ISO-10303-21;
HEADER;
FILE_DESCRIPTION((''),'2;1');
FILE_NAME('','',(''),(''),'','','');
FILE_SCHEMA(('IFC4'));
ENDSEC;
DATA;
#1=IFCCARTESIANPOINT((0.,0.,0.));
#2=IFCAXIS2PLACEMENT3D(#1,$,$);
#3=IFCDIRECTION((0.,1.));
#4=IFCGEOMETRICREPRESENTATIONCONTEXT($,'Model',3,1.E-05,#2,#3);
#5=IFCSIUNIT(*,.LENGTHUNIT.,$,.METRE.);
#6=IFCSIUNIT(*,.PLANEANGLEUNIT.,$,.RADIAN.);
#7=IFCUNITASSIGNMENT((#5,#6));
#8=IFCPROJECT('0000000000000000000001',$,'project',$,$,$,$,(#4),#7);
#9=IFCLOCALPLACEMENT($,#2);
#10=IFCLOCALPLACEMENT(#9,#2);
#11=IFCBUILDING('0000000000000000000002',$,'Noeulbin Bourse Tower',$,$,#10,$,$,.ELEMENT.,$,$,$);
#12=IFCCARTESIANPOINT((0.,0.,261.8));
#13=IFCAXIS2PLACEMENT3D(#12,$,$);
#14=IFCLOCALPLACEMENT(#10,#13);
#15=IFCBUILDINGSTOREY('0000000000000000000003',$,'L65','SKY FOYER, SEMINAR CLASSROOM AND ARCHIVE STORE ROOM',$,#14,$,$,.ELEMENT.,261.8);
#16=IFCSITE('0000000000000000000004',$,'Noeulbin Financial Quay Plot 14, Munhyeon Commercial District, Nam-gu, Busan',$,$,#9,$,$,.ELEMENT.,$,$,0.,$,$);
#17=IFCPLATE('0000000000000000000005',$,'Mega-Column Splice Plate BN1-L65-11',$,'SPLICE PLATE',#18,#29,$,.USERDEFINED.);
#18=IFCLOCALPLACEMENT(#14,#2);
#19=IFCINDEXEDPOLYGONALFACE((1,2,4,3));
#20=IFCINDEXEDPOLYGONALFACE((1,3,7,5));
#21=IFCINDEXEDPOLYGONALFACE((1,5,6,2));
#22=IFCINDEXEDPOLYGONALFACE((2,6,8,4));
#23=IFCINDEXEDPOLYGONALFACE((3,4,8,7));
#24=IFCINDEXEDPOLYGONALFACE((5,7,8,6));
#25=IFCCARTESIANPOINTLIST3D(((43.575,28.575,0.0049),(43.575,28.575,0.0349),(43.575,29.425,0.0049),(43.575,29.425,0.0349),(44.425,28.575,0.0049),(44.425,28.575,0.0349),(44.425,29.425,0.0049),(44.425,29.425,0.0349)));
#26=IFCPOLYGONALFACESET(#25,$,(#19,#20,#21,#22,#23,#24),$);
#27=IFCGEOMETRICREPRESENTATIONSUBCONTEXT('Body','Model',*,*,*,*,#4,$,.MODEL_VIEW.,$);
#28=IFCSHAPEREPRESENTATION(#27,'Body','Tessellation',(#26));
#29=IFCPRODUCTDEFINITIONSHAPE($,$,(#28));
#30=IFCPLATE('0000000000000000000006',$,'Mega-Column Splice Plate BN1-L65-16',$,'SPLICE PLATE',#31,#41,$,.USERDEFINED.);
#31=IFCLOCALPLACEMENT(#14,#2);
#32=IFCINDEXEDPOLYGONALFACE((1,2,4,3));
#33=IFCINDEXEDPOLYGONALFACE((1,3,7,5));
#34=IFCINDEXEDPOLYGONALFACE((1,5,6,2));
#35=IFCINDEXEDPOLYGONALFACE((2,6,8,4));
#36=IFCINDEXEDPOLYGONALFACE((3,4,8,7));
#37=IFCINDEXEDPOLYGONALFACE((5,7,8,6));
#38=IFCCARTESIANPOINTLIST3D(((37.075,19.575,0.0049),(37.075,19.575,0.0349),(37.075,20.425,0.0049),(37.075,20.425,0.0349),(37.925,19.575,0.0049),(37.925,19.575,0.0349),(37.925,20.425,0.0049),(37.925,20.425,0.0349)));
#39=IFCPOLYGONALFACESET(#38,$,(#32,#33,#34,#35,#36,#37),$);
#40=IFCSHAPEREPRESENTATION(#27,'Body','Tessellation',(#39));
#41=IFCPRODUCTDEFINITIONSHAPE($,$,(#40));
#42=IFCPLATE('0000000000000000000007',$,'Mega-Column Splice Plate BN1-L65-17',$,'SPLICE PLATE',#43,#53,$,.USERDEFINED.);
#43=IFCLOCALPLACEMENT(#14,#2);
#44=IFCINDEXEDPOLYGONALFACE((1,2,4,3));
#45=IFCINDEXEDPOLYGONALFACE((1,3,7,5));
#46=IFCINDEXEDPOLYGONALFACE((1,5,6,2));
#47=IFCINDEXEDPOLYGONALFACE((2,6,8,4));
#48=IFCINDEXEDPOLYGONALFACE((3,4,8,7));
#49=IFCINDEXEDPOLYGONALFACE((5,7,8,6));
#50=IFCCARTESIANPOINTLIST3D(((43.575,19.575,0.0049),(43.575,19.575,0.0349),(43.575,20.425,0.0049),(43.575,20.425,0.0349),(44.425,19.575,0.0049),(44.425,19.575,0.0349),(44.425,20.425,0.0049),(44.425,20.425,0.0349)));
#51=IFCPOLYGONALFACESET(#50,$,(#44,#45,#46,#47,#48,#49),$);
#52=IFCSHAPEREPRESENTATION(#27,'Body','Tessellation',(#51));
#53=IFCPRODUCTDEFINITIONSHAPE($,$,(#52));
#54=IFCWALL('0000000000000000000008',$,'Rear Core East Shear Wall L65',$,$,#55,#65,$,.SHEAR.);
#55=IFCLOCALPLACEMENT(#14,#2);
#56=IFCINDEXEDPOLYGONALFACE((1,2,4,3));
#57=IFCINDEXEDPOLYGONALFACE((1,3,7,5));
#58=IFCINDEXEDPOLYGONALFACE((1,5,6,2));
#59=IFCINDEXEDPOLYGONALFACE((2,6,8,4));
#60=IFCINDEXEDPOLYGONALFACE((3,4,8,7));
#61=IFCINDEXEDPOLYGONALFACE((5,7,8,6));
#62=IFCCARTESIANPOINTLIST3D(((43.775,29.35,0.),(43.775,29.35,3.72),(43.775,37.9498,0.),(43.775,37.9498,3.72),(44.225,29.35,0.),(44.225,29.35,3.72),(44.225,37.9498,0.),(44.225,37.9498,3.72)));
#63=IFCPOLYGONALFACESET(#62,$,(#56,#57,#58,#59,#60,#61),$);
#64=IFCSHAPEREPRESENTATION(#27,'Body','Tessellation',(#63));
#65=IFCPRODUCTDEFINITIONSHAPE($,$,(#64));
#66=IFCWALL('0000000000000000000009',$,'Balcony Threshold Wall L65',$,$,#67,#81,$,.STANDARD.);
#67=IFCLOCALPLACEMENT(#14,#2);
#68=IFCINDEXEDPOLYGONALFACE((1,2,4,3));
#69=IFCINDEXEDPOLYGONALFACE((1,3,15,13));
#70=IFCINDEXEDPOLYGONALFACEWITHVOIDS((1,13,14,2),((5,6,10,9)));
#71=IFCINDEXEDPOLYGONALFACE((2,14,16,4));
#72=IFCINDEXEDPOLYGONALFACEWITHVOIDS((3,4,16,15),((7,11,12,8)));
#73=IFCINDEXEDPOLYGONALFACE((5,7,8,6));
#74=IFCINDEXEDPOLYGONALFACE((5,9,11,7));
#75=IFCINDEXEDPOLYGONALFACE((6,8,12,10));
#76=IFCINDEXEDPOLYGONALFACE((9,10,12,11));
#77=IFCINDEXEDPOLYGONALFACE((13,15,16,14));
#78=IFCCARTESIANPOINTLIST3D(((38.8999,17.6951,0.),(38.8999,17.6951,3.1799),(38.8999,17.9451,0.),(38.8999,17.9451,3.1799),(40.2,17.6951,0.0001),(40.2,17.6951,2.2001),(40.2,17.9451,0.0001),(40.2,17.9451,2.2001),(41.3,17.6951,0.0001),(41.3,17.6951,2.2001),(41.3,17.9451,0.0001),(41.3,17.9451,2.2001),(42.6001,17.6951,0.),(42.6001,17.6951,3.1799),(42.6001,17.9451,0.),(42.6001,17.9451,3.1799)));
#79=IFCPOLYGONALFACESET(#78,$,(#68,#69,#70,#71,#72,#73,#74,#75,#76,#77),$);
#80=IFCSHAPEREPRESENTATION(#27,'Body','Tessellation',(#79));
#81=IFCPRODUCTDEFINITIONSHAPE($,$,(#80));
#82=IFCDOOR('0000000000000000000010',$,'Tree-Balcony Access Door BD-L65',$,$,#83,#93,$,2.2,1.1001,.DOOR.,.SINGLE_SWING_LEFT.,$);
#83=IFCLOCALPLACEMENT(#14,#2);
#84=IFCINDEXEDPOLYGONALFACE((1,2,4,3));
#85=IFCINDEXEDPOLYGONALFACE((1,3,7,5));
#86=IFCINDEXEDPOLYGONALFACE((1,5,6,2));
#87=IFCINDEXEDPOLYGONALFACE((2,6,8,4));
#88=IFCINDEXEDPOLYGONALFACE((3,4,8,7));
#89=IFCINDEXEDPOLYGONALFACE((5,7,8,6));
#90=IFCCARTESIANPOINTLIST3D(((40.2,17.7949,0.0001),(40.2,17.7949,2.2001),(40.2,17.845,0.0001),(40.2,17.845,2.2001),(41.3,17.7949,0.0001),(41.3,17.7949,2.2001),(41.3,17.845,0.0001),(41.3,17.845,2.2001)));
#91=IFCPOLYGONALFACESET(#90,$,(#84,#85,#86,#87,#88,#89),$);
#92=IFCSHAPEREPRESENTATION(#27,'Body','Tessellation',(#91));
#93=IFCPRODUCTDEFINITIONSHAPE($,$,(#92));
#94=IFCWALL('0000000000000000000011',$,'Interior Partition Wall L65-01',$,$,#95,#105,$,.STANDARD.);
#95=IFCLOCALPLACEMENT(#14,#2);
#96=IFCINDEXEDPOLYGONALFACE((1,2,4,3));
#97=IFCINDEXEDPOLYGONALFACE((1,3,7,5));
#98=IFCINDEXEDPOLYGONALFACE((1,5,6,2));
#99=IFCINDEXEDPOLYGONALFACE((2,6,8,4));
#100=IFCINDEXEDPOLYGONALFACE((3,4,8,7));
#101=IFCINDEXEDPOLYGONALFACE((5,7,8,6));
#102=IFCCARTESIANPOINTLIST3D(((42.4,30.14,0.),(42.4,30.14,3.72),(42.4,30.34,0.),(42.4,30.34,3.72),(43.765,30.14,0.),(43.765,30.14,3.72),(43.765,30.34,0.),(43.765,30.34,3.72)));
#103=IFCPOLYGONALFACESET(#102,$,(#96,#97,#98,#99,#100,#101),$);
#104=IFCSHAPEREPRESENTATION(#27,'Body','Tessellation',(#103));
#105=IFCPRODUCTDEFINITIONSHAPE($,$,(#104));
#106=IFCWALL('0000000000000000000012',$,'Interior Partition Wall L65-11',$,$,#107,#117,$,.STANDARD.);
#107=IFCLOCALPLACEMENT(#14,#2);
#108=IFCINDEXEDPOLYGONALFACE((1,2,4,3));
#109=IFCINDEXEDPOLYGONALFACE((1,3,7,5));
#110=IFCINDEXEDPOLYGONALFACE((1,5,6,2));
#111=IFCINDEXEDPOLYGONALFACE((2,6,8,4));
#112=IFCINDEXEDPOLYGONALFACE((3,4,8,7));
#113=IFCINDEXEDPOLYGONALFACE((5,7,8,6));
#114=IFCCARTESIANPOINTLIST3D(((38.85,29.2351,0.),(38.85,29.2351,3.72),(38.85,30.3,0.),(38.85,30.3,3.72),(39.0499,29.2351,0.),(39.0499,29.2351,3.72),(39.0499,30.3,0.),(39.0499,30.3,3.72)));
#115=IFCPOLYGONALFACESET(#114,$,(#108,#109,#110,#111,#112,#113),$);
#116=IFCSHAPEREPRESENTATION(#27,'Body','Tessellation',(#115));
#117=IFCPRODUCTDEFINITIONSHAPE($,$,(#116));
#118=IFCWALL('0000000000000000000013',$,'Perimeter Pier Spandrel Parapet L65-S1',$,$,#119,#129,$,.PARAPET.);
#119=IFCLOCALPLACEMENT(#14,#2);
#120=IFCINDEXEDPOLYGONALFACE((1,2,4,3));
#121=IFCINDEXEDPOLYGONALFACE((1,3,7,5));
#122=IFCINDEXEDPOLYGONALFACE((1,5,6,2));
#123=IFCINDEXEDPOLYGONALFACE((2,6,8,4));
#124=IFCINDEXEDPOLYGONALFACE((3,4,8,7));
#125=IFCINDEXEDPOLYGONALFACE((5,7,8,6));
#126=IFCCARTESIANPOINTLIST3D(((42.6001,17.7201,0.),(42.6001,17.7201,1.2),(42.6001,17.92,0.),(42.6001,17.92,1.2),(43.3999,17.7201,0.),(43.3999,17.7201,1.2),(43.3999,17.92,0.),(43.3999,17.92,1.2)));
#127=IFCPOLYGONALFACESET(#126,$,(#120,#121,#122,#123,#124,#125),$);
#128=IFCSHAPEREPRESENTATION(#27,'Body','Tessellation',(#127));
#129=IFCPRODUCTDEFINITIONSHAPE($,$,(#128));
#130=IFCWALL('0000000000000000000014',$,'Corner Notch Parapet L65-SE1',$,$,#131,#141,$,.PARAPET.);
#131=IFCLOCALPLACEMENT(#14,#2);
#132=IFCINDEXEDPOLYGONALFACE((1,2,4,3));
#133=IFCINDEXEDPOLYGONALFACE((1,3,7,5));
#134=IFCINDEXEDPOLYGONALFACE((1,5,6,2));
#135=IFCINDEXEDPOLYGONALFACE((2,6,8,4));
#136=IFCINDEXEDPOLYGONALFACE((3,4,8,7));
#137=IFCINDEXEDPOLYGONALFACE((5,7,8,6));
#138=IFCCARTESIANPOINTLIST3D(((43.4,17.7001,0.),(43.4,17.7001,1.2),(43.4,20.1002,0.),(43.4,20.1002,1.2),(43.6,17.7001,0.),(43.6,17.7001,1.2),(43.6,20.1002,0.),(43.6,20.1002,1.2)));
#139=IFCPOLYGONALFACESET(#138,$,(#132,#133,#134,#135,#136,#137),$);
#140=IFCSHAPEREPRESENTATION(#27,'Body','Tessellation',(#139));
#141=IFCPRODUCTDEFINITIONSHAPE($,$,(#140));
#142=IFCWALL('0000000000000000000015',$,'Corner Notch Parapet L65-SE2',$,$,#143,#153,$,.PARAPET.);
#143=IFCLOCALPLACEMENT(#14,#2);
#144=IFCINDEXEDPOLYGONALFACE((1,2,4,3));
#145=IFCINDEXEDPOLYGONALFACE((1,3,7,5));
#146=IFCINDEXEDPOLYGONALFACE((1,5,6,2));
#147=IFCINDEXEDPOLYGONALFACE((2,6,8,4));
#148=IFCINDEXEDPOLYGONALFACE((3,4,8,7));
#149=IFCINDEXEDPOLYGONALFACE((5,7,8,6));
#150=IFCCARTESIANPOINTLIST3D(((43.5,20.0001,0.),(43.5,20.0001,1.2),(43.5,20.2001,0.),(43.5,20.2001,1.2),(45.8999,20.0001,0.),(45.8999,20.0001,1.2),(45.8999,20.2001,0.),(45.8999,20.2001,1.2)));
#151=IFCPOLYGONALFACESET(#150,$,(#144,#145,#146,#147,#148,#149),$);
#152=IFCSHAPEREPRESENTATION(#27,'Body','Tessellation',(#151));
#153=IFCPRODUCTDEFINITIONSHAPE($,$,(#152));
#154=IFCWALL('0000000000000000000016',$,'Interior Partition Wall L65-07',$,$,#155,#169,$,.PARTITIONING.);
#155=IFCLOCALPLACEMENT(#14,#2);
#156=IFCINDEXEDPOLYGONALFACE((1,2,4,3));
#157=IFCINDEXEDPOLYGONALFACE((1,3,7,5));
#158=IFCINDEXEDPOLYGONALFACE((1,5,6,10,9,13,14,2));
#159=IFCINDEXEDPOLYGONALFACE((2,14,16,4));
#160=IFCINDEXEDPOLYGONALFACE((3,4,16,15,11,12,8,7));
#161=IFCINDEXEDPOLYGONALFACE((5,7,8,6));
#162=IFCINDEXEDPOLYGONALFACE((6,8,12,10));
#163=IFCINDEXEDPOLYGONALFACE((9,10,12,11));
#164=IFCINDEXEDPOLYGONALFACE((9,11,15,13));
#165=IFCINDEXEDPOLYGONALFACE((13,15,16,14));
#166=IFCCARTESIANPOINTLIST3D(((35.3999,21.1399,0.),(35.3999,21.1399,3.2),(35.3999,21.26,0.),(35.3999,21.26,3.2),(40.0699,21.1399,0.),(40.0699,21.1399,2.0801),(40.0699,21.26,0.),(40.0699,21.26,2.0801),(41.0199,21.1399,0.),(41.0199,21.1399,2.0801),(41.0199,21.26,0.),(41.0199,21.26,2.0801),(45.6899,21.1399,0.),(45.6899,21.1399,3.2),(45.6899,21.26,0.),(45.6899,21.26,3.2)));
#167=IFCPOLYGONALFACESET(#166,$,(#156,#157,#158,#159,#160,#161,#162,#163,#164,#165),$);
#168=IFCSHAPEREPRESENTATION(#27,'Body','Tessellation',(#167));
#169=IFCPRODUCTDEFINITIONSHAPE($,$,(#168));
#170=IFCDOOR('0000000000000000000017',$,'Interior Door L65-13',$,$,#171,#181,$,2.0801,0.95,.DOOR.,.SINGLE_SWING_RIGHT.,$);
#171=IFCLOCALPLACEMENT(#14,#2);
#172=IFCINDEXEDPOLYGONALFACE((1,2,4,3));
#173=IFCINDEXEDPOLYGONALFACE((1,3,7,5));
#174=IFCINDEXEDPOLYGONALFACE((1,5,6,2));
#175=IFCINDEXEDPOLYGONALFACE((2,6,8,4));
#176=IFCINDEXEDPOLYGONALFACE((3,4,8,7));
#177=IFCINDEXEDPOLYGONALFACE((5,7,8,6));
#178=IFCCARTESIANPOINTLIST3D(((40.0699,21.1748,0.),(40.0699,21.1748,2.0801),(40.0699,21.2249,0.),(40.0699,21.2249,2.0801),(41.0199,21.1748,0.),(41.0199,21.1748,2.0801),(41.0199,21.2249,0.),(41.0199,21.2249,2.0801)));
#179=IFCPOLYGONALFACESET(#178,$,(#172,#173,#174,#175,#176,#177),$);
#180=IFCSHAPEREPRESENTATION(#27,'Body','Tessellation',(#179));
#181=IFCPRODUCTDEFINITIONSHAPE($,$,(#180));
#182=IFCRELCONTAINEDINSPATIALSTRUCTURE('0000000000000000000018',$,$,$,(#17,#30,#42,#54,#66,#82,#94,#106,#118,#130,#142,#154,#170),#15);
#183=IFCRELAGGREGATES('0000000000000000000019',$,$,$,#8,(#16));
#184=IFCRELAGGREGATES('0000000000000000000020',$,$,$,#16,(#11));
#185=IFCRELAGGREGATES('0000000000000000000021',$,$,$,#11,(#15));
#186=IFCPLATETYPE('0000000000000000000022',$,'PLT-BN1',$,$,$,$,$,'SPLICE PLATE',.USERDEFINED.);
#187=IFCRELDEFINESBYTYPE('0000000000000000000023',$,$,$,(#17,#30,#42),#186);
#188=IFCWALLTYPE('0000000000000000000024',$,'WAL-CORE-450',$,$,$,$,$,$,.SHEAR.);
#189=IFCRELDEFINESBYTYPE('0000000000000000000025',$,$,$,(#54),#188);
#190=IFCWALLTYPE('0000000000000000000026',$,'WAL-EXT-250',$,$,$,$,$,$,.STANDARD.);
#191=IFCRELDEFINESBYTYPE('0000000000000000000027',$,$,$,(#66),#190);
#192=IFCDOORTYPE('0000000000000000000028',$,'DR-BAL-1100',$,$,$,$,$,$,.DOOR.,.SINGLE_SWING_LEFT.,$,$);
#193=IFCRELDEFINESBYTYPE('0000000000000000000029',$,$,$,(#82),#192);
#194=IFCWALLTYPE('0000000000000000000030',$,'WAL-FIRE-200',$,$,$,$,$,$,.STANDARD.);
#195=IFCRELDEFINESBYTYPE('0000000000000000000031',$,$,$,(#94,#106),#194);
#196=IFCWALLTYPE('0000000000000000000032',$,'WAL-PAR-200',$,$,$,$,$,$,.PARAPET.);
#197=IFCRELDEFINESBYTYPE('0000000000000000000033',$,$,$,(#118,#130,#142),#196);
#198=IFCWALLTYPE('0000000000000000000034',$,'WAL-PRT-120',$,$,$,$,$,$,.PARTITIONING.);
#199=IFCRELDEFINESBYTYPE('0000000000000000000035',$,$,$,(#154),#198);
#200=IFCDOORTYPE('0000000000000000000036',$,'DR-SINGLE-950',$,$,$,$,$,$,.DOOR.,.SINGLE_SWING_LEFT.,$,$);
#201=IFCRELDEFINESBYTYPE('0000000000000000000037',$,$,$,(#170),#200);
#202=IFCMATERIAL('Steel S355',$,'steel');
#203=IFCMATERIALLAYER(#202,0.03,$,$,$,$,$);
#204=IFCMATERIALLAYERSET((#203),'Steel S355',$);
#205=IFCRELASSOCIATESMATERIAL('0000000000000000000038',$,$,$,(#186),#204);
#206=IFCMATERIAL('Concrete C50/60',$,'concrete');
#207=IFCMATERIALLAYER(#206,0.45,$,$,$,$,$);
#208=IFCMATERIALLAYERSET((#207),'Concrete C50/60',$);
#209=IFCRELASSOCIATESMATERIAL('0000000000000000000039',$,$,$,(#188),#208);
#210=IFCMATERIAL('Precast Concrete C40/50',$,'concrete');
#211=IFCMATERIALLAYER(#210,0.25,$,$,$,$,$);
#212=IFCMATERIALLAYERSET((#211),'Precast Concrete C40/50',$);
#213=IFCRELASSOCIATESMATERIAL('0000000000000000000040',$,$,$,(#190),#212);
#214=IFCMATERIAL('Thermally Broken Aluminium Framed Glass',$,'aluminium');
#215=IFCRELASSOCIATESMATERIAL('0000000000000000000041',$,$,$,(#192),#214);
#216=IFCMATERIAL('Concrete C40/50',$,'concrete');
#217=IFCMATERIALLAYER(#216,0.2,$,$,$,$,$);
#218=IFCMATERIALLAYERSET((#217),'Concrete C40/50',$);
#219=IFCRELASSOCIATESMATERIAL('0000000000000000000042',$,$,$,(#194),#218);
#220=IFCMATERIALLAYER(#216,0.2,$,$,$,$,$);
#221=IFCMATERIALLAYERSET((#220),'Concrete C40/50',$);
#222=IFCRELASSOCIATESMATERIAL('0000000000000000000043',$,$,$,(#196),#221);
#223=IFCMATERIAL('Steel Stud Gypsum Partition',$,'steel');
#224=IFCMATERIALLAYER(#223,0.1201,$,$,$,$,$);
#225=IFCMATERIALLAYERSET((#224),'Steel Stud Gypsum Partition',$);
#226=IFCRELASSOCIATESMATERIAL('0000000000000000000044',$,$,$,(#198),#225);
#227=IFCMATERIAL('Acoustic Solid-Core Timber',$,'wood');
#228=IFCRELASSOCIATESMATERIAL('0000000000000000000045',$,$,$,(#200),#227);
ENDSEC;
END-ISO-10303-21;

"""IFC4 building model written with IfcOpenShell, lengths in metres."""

from ifc_helpers import new_model, si_unit, direction, frame, frame_2d, origin, origin_2d, place, context, subcontext, project, spatial, rectangle, extrude, material, layer, layer_set, type_object, element, fill, save


model = new_model("IFC4")

# Units and contexts
model_context = context("Model", 3, precision=1e-05, world=origin(), true_north=direction((0.0, 1.0)))
body_context = subcontext(model_context, "Body", "Model", "MODEL_VIEW")
ifc_project = project(units=[si_unit("LENGTHUNIT", "METRE"), si_unit("PLANEANGLEUNIT", "RADIAN")], contexts=[model_context])

# Site, building, storey
site_placement = place(None, origin())
site = spatial("IfcSite", under=ifc_project, at=site_placement, Name="Noeulbin Financial Quay Plot 14, Munhyeon Commercial District, Nam-gu, Busan", CompositionType="ELEMENT", RefElevation=0.0)
building_placement = place(site_placement, origin())
building = spatial("IfcBuilding", under=site, at=building_placement, Name="Noeulbin Bourse Tower", CompositionType="ELEMENT")
storey_placement = place(building_placement, frame((0.0, 0.0, 261.8)))
storey = spatial("IfcBuildingStorey", under=building, at=storey_placement, Name="L65", Description="SKY FOYER, SEMINAR CLASSROOM AND ARCHIVE STORE ROOM", CompositionType="ELEMENT", Elevation=261.8)

# Shared definitions
ifc_material_1 = material(Name="Steel S355", Category="steel")

# Plates
ifc_layer_1 = layer(ifc_material_1, 0.03)
ifc_layer_set_1 = layer_set([ifc_layer_1], Name="Steel S355")
plate_type_1 = type_object("IfcPlateType", Name="PLT-BN1", ElementType="SPLICE PLATE", PredefinedType="USERDEFINED", material=ifc_layer_set_1)
for number, where, z_axis, x_axis, name in (
    (1, (44.0, 29.0, 0.0049), (0.0, 0.0, 1.0), (1.0, 0.0, 0.0), "Mega-Column Splice Plate BN1-L65-11"),
    (2, (37.5, 20.0, 0.0049), (0.0, 0.0, 1.0), (1.0, 0.0, 0.0), "Mega-Column Splice Plate BN1-L65-16"),
    (3, (44.0, 20.0, 0.0049), (0.0, 0.0, 1.0), (1.0, 0.0, 0.0), "Mega-Column Splice Plate BN1-L65-17"),
):
    element("IfcPlate", number, at=place(storey_placement, frame(where, z_axis=z_axis, x_axis=x_axis)), inside=storey, type_object=plate_type_1, Name=name, ObjectType="SPLICE PLATE", PredefinedType="USERDEFINED", context=body_context, shape_type="SweptSolid", body=[
        extrude(rectangle(XDim=0.8501, YDim=0.8501, at=origin_2d()), origin(), (0.0, 0.0, 1.0), 0.03),
    ])

# Wall
ifc_material_2 = material(Name="Concrete C50/60", Category="concrete")
ifc_layer_2 = layer(ifc_material_2, 0.45)
ifc_layer_set_2 = layer_set([ifc_layer_2], Name="Concrete C50/60")
wall_type_1 = type_object("IfcWallType", Name="WAL-CORE-450", PredefinedType="SHEAR", material=ifc_layer_set_2)
wall_1_placement = place(storey_placement, frame((44.0, 29.3501, 0.0), z_axis=(0.0, 0.0, 1.0), x_axis=(0.0, 1.0, 0.0)))
element("IfcWall", 4, at=wall_1_placement, inside=storey, type_object=wall_type_1, Name="Rear Core East Shear Wall L65", PredefinedType="SHEAR", context=body_context, shape_type="SweptSolid", body=[
    extrude(rectangle(XDim=8.5999, YDim=0.45, at=frame_2d((4.2998, 0.0))), origin(), (0.0, 0.0, 1.0), 3.72),
])

# Wall, opening, door
ifc_material_3 = material(Name="Precast Concrete C40/50", Category="concrete")
ifc_layer_3 = layer(ifc_material_3, 0.25)
ifc_layer_set_3 = layer_set([ifc_layer_3], Name="Precast Concrete C40/50")
wall_type_2 = type_object("IfcWallType", Name="WAL-EXT-250", PredefinedType="STANDARD", material=ifc_layer_set_3)
wall_2_placement = place(storey_placement, frame((38.8999, 17.8201, 0.0), z_axis=(0.0, 0.0, 1.0), x_axis=(1.0, 0.0, 0.0)))
wall_2 = element("IfcWall", 5, at=wall_2_placement, inside=storey, type_object=wall_type_2, Name="Balcony Threshold Wall L65", PredefinedType="STANDARD", context=body_context, shape_type="SweptSolid", body=[
    extrude(rectangle(XDim=3.7002, YDim=0.25, at=frame_2d((1.8501, 0.0))), origin(), (0.0, 0.0, 1.0), 3.1799),
])
opening_1_placement = place(wall_2_placement, frame((1.3, 0.0, 0.0)))
opening_1 = element("IfcOpeningElement", 6, at=opening_1_placement, cuts=wall_2, PredefinedType="OPENING", context=body_context, shape_type="SweptSolid", body=[
    extrude(rectangle(XDim=1.1001, YDim=2.2, at=frame_2d((0.55, 1.1001))), frame((0.0, 0.135, 0.0), z_axis=(0.0, -1.0, 0.0), x_axis=(1.0, 0.0, 0.0)), (0.0, 0.0, 1.0), 0.27),
])
ifc_material_4 = material(Name="Thermally Broken Aluminium Framed Glass", Category="aluminium")
door_type_1 = type_object("IfcDoorType", Name="DR-BAL-1100", OperationType="SINGLE_SWING_LEFT", PredefinedType="DOOR", material=ifc_material_4)
door_1_placement = place(opening_1_placement, origin())
door_1 = element("IfcDoor", 7, at=door_1_placement, inside=storey, type_object=door_type_1, Name="Tree-Balcony Access Door BD-L65", OperationType="SINGLE_SWING_LEFT", OverallHeight=2.2, OverallWidth=1.1001, PredefinedType="DOOR", context=body_context, shape_type="SweptSolid", body=[
    extrude(rectangle(XDim=1.1001, YDim=2.2, at=frame_2d((0.55, 1.1001))), frame((0.0, 0.0249, 0.0), z_axis=(0.0, -1.0, 0.0), x_axis=(1.0, 0.0, 0.0)), (0.0, 0.0, 1.0), 0.05),
])
fill(opening_1, door_1)

# Walls
ifc_material_5 = material(Name="Concrete C40/50", Category="concrete")
ifc_layer_4 = layer(ifc_material_5, 0.2)
ifc_layer_set_4 = layer_set([ifc_layer_4], Name="Concrete C40/50")
wall_type_3 = type_object("IfcWallType", Name="WAL-FIRE-200", PredefinedType="STANDARD", material=ifc_layer_set_4)
wall_3_placement = place(storey_placement, frame((42.3999, 30.24, 0.0), z_axis=(0.0, 0.0, 1.0), x_axis=(1.0, 0.0, 0.0)))
element("IfcWall", 8, at=wall_3_placement, inside=storey, type_object=wall_type_3, Name="Interior Partition Wall L65-01", PredefinedType="STANDARD", context=body_context, shape_type="SweptSolid", body=[
    extrude(rectangle(XDim=1.365, YDim=0.2, at=frame_2d((0.6826, 0.0))), origin(), (0.0, 0.0, 1.0), 3.72),
])
wall_4_placement = place(storey_placement, frame((38.95, 29.2351, 0.0), z_axis=(0.0, 0.0, 1.0), x_axis=(0.0, 1.0, 0.0)))
element("IfcWall", 9, at=wall_4_placement, inside=storey, type_object=wall_type_3, Name="Interior Partition Wall L65-11", PredefinedType="STANDARD", context=body_context, shape_type="SweptSolid", body=[
    extrude(rectangle(XDim=1.0649, YDim=0.2, at=frame_2d((0.5325, 0.0))), origin(), (0.0, 0.0, 1.0), 3.72),
])
ifc_layer_5 = layer(ifc_material_5, 0.2)
ifc_layer_set_5 = layer_set([ifc_layer_5], Name="Concrete C40/50")
wall_type_4 = type_object("IfcWallType", Name="WAL-PAR-200", PredefinedType="PARAPET", material=ifc_layer_set_5)
wall_5_placement = place(storey_placement, frame((42.6001, 17.8201, 0.0), z_axis=(0.0, 0.0, 1.0), x_axis=(1.0, 0.0, 0.0)))
element("IfcWall", 10, at=wall_5_placement, inside=storey, type_object=wall_type_4, Name="Perimeter Pier Spandrel Parapet L65-S1", PredefinedType="PARAPET", context=body_context, shape_type="SweptSolid", body=[
    extrude(rectangle(XDim=0.7998, YDim=0.2, at=frame_2d((0.3999, 0.0))), origin(), (0.0, 0.0, 1.0), 1.2),
])
wall_6_placement = place(storey_placement, frame((43.5, 17.7, 0.0), z_axis=(0.0, 0.0, 1.0), x_axis=(0.0, 1.0, 0.0)))
element("IfcWall", 11, at=wall_6_placement, inside=storey, type_object=wall_type_4, Name="Corner Notch Parapet L65-SE1", PredefinedType="PARAPET", context=body_context, shape_type="SweptSolid", body=[
    extrude(rectangle(XDim=2.4001, YDim=0.2, at=frame_2d((1.2002, 0.0))), origin(), (0.0, 0.0, 1.0), 1.2),
])
wall_7_placement = place(storey_placement, frame((43.5, 20.1001, 0.0), z_axis=(0.0, 0.0, 1.0), x_axis=(1.0, 0.0, 0.0)))
element("IfcWall", 12, at=wall_7_placement, inside=storey, type_object=wall_type_4, Name="Corner Notch Parapet L65-SE2", PredefinedType="PARAPET", context=body_context, shape_type="SweptSolid", body=[
    extrude(rectangle(XDim=2.3999, YDim=0.2, at=frame_2d((1.2, 0.0))), origin(), (0.0, 0.0, 1.0), 1.2),
])

# Wall, opening, door
ifc_material_6 = material(Name="Steel Stud Gypsum Partition", Category="steel")
ifc_layer_6 = layer(ifc_material_6, 0.1201)
ifc_layer_set_6 = layer_set([ifc_layer_6], Name="Steel Stud Gypsum Partition")
wall_type_5 = type_object("IfcWallType", Name="WAL-PRT-120", PredefinedType="PARTITIONING", material=ifc_layer_set_6)
wall_8_placement = place(storey_placement, frame((35.3999, 21.2, 0.0), z_axis=(0.0, 0.0, 1.0), x_axis=(1.0, 0.0, 0.0)))
wall_8 = element("IfcWall", 13, at=wall_8_placement, inside=storey, type_object=wall_type_5, Name="Interior Partition Wall L65-07", PredefinedType="PARTITIONING", context=body_context, shape_type="SweptSolid", body=[
    extrude(rectangle(XDim=10.29, YDim=0.1201, at=frame_2d((5.145, 0.0))), origin(), (0.0, 0.0, 1.0), 3.2),
])
opening_2_placement = place(wall_8_placement, frame((4.6699, 0.0, 0.0)))
opening_2 = element("IfcOpeningElement", 14, at=opening_2_placement, cuts=wall_8, PredefinedType="OPENING", context=body_context, shape_type="SweptSolid", body=[
    extrude(rectangle(XDim=0.95, YDim=2.0801, at=frame_2d((0.4751, 1.04))), frame((0.0, 0.0701, 0.0), z_axis=(0.0, -1.0, 0.0), x_axis=(1.0, 0.0, 0.0)), (0.0, 0.0, 1.0), 0.1401),
])
ifc_material_7 = material(Name="Acoustic Solid-Core Timber", Category="wood")
door_type_2 = type_object("IfcDoorType", Name="DR-SINGLE-950", OperationType="SINGLE_SWING_LEFT", PredefinedType="DOOR", material=ifc_material_7)
door_2_placement = place(opening_2_placement, origin())
door_2 = element("IfcDoor", 15, at=door_2_placement, inside=storey, type_object=door_type_2, Name="Interior Door L65-13", OperationType="SINGLE_SWING_RIGHT", OverallHeight=2.0801, OverallWidth=0.95, PredefinedType="DOOR", context=body_context, shape_type="SweptSolid", body=[
    extrude(rectangle(XDim=0.95, YDim=2.0801, at=frame_2d((0.4751, 1.04))), frame((0.0, 0.0249, 0.0), z_axis=(0.0, -1.0, 0.0), x_axis=(1.0, 0.0, 0.0)), (0.0, 0.0, 1.0), 0.05),
])
fill(opening_2, door_2)

save(model, "model.ifc")
